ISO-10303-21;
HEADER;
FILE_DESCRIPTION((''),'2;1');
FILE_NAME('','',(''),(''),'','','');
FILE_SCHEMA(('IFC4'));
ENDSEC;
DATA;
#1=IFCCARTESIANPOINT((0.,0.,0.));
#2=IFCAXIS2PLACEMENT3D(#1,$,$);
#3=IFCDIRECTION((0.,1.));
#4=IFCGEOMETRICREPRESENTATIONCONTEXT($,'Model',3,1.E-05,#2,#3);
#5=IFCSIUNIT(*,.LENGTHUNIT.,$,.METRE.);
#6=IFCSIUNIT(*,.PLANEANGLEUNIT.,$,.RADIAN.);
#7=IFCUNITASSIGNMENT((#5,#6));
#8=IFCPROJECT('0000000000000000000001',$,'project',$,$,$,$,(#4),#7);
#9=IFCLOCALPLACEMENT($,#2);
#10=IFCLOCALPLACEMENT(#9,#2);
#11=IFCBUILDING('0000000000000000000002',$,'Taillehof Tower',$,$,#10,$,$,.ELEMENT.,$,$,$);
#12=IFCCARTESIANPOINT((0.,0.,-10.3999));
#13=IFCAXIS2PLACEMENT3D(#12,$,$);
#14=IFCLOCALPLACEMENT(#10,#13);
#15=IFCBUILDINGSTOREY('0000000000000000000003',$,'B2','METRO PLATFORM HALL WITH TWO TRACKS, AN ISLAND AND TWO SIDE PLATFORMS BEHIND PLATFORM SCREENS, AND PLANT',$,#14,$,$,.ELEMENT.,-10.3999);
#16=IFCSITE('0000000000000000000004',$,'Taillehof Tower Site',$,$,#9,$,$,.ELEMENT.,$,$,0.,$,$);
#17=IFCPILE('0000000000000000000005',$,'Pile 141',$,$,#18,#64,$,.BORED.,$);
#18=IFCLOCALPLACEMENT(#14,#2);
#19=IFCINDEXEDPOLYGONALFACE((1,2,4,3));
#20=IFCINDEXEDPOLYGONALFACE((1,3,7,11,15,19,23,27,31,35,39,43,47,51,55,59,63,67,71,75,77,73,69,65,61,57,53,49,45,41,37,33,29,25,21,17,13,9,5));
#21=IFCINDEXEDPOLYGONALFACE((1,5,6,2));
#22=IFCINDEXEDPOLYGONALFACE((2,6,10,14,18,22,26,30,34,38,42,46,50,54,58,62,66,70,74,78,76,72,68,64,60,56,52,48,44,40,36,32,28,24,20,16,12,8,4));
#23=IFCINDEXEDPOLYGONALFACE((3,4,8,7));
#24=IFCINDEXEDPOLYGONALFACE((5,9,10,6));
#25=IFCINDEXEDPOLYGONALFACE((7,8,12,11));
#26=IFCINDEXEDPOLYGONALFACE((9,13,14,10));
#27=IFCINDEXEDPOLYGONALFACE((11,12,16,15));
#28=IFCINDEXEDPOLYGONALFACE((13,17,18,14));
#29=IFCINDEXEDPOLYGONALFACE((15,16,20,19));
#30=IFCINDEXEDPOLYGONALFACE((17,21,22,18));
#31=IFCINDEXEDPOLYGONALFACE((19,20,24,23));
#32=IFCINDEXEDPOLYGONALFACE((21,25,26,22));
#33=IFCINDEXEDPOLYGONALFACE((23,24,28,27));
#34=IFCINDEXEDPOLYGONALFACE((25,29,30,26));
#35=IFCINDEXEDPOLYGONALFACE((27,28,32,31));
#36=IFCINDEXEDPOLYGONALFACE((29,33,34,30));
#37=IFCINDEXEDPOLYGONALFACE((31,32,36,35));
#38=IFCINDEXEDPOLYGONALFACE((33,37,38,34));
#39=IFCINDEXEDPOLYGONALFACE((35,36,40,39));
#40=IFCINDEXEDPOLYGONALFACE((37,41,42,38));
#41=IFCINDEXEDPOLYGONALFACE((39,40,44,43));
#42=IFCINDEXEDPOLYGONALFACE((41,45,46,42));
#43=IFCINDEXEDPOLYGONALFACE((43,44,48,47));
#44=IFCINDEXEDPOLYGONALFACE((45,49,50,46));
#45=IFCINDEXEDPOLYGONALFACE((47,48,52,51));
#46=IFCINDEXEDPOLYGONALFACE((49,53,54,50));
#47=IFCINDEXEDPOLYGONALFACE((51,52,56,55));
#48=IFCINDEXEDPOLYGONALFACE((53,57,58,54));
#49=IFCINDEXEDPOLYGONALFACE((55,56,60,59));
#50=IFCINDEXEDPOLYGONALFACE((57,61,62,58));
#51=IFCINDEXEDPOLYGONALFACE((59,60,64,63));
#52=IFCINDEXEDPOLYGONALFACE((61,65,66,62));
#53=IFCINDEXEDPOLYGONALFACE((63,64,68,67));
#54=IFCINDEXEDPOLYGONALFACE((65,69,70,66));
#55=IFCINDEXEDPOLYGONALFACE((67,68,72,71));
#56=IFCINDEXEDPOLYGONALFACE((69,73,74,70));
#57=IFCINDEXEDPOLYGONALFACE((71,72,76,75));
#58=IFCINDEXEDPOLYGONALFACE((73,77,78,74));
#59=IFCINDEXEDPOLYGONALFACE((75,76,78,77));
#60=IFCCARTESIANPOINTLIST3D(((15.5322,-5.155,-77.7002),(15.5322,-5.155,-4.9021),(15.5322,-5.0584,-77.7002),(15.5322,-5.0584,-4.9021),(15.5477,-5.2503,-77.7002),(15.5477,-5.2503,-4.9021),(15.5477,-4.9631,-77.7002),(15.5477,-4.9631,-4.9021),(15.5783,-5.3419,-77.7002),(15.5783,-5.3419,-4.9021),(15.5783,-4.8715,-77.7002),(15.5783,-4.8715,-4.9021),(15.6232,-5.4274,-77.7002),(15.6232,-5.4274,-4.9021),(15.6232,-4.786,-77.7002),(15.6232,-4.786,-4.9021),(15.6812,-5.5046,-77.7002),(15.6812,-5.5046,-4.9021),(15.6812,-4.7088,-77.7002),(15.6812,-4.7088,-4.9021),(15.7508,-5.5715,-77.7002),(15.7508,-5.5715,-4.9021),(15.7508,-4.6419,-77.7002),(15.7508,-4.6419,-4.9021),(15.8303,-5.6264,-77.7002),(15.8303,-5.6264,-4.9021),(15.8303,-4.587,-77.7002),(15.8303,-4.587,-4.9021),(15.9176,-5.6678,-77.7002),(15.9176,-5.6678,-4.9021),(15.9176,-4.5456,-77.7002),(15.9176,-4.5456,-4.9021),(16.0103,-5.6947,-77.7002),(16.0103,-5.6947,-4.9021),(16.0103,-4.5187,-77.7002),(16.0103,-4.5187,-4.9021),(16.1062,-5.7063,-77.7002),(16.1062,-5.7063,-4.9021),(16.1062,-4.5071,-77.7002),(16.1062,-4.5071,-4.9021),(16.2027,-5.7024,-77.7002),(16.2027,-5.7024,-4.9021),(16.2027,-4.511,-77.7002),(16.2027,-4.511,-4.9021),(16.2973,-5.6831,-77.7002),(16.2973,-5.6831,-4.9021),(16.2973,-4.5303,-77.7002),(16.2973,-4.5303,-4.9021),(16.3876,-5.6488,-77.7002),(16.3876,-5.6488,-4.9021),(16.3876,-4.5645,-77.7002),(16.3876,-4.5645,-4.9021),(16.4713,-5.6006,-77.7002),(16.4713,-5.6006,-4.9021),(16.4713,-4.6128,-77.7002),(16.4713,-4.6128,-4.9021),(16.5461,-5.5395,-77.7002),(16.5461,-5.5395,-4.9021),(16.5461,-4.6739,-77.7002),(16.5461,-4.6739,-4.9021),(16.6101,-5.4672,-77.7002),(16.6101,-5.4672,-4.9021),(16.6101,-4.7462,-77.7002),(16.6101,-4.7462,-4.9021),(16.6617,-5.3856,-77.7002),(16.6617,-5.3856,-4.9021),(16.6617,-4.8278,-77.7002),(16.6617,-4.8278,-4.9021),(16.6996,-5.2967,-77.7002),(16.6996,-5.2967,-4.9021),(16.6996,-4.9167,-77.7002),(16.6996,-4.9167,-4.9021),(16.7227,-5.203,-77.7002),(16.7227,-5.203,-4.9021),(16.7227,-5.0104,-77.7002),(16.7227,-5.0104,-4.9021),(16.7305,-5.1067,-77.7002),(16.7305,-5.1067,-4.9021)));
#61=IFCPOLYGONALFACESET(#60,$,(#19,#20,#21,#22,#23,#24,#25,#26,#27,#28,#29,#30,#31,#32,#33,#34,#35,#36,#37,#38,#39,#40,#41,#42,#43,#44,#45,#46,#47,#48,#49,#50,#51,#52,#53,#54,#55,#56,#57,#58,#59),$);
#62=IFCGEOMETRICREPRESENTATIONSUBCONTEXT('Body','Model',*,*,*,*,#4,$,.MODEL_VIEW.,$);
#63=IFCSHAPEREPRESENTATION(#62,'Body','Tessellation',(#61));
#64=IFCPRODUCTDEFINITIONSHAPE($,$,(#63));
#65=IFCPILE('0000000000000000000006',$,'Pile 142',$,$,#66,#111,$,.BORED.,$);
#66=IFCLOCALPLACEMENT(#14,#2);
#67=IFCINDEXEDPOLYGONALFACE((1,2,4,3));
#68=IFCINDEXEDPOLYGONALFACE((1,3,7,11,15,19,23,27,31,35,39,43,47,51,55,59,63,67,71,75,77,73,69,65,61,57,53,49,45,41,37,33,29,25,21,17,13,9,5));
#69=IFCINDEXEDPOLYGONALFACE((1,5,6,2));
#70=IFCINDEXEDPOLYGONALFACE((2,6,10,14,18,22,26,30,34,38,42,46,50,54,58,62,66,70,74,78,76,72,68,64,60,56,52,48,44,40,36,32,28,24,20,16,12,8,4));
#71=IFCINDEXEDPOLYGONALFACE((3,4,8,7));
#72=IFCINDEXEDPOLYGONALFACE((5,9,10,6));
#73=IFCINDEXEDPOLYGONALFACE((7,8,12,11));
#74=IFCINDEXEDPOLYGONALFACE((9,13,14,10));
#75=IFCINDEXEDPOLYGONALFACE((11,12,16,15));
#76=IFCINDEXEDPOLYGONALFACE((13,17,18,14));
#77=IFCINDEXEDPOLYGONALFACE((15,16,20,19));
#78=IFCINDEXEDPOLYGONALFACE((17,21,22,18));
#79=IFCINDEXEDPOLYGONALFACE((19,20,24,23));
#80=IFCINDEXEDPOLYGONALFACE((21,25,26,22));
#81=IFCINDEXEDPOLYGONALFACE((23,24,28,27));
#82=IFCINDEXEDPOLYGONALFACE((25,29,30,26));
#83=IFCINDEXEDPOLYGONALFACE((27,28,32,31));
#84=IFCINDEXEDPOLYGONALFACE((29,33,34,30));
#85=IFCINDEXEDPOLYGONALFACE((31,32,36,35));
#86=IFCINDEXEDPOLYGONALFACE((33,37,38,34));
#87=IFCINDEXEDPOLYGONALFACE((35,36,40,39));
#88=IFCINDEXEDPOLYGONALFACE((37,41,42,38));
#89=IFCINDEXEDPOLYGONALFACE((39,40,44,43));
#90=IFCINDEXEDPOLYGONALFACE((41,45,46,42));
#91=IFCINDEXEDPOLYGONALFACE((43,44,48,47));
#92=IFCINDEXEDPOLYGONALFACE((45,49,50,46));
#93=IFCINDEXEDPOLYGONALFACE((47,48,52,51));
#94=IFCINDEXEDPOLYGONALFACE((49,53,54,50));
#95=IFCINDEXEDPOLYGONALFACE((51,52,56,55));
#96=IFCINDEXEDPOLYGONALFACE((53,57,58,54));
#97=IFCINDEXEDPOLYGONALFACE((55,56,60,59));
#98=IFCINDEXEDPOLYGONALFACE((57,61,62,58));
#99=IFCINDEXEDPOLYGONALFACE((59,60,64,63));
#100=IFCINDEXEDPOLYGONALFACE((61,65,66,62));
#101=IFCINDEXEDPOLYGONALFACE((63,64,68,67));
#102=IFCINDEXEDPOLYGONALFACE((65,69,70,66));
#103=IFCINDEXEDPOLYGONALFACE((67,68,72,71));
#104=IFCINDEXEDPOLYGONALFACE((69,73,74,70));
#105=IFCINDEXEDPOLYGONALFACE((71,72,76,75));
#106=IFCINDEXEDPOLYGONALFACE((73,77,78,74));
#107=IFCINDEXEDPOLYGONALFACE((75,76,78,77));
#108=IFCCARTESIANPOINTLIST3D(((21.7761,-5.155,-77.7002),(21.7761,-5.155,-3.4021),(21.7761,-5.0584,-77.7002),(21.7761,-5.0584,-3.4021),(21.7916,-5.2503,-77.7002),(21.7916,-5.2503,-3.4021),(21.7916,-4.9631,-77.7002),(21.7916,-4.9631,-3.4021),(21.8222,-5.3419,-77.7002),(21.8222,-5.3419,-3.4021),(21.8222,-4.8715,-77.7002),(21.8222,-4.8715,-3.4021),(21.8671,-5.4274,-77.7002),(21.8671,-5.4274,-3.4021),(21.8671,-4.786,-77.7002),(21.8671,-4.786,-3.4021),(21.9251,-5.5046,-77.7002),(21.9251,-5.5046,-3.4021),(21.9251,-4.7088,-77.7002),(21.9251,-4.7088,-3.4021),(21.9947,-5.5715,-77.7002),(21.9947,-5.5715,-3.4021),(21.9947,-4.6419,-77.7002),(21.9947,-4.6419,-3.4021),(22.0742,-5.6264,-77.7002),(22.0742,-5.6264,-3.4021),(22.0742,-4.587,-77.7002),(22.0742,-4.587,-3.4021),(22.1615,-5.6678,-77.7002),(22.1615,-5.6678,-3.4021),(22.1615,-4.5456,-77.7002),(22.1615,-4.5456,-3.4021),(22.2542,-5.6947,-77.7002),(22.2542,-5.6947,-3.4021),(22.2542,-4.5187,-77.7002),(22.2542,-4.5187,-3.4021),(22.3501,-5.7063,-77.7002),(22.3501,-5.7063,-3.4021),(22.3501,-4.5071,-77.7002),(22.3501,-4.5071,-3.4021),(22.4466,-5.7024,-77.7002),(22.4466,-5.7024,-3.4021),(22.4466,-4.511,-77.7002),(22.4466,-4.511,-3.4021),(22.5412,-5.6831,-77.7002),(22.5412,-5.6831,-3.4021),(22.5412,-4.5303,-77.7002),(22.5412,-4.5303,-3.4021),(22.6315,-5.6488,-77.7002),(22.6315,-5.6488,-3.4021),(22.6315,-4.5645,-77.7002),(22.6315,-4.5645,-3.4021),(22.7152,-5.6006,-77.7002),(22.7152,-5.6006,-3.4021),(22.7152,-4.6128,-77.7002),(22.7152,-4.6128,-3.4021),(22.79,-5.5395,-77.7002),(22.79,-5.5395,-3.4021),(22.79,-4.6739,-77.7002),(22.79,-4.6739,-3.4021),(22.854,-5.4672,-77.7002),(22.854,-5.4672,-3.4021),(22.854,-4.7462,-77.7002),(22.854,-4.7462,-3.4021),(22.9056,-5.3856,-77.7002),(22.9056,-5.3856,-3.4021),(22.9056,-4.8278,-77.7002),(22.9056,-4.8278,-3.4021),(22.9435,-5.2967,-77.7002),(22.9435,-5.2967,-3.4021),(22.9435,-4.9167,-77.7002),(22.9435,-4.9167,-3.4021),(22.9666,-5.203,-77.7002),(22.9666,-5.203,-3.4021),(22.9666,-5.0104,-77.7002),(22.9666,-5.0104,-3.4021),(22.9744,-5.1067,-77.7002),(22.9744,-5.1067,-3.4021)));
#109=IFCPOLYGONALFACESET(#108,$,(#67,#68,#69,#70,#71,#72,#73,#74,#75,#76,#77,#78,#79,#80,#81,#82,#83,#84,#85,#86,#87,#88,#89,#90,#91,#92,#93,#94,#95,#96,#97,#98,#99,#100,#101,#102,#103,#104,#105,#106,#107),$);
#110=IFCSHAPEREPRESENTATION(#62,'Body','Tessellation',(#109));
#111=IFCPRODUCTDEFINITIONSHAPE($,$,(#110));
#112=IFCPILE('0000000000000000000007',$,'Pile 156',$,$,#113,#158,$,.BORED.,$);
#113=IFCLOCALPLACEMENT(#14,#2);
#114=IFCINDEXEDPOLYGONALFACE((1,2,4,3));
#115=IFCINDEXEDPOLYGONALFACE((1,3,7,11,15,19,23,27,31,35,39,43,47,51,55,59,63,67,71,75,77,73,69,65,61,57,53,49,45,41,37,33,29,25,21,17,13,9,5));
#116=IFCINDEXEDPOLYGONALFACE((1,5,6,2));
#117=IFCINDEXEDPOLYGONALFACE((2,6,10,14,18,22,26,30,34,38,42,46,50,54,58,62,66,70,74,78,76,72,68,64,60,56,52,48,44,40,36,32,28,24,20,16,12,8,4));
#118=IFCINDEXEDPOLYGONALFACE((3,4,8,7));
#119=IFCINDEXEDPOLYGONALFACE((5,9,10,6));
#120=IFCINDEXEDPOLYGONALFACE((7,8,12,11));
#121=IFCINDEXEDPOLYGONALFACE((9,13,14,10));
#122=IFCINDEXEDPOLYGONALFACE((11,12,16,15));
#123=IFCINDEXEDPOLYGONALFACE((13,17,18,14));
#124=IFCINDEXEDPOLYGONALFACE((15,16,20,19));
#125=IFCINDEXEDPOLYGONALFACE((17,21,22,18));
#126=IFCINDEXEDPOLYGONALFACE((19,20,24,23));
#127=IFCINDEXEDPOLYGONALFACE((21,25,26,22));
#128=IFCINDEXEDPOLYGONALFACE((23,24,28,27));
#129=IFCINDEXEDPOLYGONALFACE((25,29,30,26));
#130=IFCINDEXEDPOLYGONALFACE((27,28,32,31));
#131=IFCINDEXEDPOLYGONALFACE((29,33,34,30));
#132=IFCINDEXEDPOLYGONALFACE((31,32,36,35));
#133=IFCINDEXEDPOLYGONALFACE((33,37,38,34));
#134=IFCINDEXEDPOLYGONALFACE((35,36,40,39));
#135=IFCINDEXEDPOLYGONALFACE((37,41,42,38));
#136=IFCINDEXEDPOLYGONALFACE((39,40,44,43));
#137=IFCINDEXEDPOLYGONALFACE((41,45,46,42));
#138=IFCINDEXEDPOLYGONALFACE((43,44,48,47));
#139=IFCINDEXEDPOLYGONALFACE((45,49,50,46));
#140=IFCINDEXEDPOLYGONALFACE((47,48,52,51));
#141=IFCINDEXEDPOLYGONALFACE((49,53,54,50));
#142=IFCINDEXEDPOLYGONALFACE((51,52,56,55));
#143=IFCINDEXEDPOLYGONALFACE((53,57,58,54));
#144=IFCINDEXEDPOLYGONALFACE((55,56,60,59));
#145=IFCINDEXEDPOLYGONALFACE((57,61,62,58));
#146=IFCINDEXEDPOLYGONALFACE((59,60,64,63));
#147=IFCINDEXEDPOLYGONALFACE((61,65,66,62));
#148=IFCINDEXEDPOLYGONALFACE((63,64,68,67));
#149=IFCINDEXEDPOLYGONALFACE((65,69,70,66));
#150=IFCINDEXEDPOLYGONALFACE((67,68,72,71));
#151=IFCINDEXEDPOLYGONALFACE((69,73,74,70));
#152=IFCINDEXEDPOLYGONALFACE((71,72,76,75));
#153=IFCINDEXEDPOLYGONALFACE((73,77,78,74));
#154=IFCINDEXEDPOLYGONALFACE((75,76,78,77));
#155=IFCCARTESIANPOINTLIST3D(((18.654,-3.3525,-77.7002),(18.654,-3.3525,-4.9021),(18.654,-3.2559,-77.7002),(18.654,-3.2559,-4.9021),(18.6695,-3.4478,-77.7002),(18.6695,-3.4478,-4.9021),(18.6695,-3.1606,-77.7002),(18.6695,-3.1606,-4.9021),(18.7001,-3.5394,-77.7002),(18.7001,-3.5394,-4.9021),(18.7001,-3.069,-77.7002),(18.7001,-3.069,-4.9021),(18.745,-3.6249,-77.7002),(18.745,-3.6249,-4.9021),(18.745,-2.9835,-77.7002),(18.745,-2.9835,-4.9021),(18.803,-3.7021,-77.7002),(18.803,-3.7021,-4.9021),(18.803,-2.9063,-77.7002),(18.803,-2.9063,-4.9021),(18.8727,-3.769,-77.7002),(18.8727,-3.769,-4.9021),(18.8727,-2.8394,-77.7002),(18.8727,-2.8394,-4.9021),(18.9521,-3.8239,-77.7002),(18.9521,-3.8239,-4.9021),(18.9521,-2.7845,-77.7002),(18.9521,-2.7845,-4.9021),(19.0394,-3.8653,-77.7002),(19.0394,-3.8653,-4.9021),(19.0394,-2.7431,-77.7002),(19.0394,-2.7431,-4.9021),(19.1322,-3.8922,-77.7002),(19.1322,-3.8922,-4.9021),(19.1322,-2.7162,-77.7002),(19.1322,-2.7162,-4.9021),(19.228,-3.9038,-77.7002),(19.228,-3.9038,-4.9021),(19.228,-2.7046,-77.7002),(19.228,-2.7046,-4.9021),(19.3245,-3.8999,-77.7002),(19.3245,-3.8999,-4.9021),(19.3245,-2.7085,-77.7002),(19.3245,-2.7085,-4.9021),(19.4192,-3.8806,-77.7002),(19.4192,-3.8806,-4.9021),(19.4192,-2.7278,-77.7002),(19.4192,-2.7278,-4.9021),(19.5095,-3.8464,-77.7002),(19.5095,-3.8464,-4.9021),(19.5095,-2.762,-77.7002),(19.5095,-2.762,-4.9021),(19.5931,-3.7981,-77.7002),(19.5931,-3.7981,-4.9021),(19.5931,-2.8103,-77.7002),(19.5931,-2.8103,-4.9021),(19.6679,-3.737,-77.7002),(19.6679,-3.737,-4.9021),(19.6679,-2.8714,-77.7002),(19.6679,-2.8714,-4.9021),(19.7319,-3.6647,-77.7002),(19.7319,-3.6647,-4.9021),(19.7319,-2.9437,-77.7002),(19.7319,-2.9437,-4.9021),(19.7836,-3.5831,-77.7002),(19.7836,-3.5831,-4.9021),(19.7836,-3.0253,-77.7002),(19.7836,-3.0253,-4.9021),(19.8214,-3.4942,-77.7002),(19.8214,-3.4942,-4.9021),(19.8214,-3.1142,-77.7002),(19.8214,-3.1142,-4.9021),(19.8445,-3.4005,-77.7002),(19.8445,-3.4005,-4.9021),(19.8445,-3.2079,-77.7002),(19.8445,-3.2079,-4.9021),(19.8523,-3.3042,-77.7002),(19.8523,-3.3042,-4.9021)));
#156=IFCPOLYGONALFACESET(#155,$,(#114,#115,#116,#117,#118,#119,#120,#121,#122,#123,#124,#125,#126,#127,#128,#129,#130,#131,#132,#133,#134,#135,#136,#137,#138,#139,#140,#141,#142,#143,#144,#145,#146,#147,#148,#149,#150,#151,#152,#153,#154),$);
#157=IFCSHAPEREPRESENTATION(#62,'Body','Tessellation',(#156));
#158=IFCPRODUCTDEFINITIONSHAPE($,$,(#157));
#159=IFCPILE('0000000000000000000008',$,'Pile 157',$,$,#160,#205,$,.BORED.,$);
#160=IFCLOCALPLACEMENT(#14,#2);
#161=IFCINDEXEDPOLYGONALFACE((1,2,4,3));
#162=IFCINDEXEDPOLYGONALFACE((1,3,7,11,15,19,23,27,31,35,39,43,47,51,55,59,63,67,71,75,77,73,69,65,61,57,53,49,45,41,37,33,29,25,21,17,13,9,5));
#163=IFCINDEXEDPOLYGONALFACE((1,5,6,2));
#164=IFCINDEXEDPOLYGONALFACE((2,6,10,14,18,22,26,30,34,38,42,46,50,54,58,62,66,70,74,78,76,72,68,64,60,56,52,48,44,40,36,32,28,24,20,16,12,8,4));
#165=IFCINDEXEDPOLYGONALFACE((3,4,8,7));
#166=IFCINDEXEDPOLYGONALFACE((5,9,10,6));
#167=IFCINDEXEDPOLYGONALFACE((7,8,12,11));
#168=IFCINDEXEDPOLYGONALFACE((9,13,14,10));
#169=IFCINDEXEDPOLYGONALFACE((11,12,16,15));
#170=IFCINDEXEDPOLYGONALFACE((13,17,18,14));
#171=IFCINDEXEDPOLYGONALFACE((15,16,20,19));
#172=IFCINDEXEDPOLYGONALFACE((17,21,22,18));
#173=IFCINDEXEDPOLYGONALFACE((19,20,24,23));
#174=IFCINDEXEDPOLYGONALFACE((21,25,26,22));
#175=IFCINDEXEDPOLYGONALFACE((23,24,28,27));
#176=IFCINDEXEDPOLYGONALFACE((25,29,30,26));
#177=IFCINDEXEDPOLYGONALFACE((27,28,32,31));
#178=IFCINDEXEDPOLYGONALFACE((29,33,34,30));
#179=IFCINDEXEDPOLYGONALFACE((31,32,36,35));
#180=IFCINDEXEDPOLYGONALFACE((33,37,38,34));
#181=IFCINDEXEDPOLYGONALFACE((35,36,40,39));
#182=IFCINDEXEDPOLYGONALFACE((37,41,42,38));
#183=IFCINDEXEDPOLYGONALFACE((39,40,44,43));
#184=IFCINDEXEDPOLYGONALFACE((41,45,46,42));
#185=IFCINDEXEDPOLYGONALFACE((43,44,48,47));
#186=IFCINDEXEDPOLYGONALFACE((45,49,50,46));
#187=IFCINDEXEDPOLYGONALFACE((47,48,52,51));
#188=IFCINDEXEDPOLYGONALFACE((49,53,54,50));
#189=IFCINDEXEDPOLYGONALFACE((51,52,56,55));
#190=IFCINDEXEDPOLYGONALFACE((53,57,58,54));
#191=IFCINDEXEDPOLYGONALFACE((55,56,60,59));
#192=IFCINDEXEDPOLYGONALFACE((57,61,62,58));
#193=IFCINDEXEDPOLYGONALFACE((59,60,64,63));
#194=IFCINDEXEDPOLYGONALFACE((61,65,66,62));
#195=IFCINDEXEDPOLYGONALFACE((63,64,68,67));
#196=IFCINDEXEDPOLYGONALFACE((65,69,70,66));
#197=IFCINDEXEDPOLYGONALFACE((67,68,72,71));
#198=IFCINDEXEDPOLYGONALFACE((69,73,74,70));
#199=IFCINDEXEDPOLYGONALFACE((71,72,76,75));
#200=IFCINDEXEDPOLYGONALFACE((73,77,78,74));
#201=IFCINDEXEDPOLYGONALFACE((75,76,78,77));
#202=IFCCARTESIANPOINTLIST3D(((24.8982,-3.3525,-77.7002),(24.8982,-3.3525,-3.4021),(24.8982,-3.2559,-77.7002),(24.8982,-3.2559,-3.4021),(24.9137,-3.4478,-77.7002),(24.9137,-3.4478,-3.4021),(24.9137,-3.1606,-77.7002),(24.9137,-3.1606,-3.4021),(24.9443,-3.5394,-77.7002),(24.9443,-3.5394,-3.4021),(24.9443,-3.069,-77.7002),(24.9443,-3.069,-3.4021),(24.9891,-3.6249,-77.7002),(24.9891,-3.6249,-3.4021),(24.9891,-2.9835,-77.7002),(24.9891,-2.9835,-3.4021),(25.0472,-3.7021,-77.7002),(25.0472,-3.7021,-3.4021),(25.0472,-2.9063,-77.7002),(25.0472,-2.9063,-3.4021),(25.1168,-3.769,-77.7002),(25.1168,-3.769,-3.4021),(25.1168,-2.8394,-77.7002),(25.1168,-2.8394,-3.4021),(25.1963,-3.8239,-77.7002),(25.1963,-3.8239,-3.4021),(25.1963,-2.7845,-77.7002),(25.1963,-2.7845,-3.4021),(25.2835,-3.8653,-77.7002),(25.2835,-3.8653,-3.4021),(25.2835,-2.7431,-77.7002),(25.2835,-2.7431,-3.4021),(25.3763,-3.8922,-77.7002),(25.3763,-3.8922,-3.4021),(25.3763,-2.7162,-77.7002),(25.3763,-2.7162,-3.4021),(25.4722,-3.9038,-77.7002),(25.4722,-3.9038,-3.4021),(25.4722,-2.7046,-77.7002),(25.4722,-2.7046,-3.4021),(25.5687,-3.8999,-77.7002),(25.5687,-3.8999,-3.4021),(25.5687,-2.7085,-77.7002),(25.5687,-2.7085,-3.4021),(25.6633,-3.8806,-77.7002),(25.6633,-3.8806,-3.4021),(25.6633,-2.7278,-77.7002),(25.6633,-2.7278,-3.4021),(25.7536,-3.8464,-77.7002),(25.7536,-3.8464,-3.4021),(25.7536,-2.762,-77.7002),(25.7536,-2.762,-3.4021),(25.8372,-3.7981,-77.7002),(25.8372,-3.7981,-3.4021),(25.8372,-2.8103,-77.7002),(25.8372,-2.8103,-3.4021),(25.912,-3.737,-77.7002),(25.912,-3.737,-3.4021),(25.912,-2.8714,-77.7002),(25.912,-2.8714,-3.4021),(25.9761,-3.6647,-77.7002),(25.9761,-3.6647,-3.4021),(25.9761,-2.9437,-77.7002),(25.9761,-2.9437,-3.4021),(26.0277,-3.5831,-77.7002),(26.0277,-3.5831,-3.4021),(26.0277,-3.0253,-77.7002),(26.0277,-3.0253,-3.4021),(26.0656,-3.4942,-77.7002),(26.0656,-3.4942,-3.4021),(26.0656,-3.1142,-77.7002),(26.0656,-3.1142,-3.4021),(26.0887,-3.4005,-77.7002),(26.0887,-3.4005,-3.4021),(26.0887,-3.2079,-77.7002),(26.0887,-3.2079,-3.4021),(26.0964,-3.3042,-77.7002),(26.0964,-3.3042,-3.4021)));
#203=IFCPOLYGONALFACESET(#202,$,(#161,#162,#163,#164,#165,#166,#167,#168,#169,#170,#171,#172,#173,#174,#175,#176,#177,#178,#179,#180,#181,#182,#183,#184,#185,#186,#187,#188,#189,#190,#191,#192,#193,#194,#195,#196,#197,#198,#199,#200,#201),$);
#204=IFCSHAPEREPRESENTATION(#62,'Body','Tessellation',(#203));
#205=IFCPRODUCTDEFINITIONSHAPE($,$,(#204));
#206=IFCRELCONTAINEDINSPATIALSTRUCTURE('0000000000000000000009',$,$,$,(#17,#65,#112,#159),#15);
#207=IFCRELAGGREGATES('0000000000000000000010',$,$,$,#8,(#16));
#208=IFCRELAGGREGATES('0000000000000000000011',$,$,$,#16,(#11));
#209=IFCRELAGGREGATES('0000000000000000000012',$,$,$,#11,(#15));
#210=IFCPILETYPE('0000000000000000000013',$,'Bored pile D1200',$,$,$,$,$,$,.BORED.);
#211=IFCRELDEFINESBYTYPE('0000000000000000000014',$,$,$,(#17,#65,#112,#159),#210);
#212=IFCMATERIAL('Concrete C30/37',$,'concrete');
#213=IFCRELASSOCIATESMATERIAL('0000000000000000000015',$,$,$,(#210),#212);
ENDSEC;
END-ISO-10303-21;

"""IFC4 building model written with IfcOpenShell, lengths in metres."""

from ifc_helpers import new_model, si_unit, direction, frame, origin, origin_2d, place, context, subcontext, project, spatial, circle, extrude, material, material_profile, profile_set, type_object, element, save


model = new_model("IFC4")

# Units and contexts
model_context = context("Model", 3, precision=1e-05, world=origin(), true_north=direction((0.0, 1.0)))
body_context = subcontext(model_context, "Body", "Model", "MODEL_VIEW")
ifc_project = project(units=[si_unit("LENGTHUNIT", "METRE"), si_unit("PLANEANGLEUNIT", "RADIAN")], contexts=[model_context])

# Site, building, storey
site_placement = place(None, origin())
site = spatial("IfcSite", under=ifc_project, at=site_placement, Name="Taillehof Tower Site", CompositionType="ELEMENT", RefElevation=0.0)
building_placement = place(site_placement, origin())
building = spatial("IfcBuilding", under=site, at=building_placement, Name="Taillehof Tower", CompositionType="ELEMENT")
storey_placement = place(building_placement, frame((0.0, 0.0, -10.3999)))
storey = spatial("IfcBuildingStorey", under=building, at=storey_placement, Name="B2", Description="METRO PLATFORM HALL WITH TWO TRACKS, AN ISLAND AND TWO SIDE PLATFORMS BEHIND PLATFORM SCREENS, AND PLANT", CompositionType="ELEMENT", Elevation=-10.3999)

# Piles
ifc_material_1 = material(Name="Concrete C30/37", Category="concrete")
ifc_material_profile_1 = material_profile(ifc_material_1, circle(Radius=0.6001, at=origin_2d()), Name="BP D1200")
ifc_profile_set_1 = profile_set([ifc_material_profile_1], Name="Concrete C30/37")
pile_type = type_object("IfcPileType", Name="Bored pile D1200", PredefinedType="BORED", material=ifc_profile_set_1)
for number, where, z_axis, x_axis, name in (
    (1, (16.1304, -5.1067, -4.9021), (0.0, 0.0, -1.0), (1.0, 0.0, 0.0), "Pile 141"),
):
    element("IfcPile", number, at=place(storey_placement, frame(where, z_axis=z_axis, x_axis=x_axis)), inside=storey, type_object=pile_type, Name=name, PredefinedType="BORED", context=body_context, shape_type="SweptSolid", body=[
        extrude(circle(Radius=0.6001, at=origin_2d()), origin(), (0.0, 0.0, 1.0), 72.7981),
    ])
pile_1_placement = place(storey_placement, frame((22.3743, -5.1067, -3.4021), z_axis=(0.0, 0.0, -1.0), x_axis=(1.0, 0.0, 0.0)))
element("IfcPile", 2, at=pile_1_placement, inside=storey, type_object=pile_type, Name="Pile 142", PredefinedType="BORED", context=body_context, shape_type="SweptSolid", body=[
    extrude(circle(Radius=0.6001, at=origin_2d()), origin(), (0.0, 0.0, 1.0), 74.2981),
])
pile_2_placement = place(storey_placement, frame((19.2522, -3.3042, -4.9021), z_axis=(0.0, 0.0, -1.0), x_axis=(1.0, 0.0, 0.0)))
element("IfcPile", 3, at=pile_2_placement, inside=storey, type_object=pile_type, Name="Pile 156", PredefinedType="BORED", context=body_context, shape_type="SweptSolid", body=[
    extrude(circle(Radius=0.6001, at=origin_2d()), origin(), (0.0, 0.0, 1.0), 72.7981),
])
pile_3_placement = place(storey_placement, frame((25.4963, -3.3042, -3.4021), z_axis=(0.0, 0.0, -1.0), x_axis=(1.0, 0.0, 0.0)))
element("IfcPile", 4, at=pile_3_placement, inside=storey, type_object=pile_type, Name="Pile 157", PredefinedType="BORED", context=body_context, shape_type="SweptSolid", body=[
    extrude(circle(Radius=0.6001, at=origin_2d()), origin(), (0.0, 0.0, 1.0), 74.2981),
])

save(model, "model.ifc")
